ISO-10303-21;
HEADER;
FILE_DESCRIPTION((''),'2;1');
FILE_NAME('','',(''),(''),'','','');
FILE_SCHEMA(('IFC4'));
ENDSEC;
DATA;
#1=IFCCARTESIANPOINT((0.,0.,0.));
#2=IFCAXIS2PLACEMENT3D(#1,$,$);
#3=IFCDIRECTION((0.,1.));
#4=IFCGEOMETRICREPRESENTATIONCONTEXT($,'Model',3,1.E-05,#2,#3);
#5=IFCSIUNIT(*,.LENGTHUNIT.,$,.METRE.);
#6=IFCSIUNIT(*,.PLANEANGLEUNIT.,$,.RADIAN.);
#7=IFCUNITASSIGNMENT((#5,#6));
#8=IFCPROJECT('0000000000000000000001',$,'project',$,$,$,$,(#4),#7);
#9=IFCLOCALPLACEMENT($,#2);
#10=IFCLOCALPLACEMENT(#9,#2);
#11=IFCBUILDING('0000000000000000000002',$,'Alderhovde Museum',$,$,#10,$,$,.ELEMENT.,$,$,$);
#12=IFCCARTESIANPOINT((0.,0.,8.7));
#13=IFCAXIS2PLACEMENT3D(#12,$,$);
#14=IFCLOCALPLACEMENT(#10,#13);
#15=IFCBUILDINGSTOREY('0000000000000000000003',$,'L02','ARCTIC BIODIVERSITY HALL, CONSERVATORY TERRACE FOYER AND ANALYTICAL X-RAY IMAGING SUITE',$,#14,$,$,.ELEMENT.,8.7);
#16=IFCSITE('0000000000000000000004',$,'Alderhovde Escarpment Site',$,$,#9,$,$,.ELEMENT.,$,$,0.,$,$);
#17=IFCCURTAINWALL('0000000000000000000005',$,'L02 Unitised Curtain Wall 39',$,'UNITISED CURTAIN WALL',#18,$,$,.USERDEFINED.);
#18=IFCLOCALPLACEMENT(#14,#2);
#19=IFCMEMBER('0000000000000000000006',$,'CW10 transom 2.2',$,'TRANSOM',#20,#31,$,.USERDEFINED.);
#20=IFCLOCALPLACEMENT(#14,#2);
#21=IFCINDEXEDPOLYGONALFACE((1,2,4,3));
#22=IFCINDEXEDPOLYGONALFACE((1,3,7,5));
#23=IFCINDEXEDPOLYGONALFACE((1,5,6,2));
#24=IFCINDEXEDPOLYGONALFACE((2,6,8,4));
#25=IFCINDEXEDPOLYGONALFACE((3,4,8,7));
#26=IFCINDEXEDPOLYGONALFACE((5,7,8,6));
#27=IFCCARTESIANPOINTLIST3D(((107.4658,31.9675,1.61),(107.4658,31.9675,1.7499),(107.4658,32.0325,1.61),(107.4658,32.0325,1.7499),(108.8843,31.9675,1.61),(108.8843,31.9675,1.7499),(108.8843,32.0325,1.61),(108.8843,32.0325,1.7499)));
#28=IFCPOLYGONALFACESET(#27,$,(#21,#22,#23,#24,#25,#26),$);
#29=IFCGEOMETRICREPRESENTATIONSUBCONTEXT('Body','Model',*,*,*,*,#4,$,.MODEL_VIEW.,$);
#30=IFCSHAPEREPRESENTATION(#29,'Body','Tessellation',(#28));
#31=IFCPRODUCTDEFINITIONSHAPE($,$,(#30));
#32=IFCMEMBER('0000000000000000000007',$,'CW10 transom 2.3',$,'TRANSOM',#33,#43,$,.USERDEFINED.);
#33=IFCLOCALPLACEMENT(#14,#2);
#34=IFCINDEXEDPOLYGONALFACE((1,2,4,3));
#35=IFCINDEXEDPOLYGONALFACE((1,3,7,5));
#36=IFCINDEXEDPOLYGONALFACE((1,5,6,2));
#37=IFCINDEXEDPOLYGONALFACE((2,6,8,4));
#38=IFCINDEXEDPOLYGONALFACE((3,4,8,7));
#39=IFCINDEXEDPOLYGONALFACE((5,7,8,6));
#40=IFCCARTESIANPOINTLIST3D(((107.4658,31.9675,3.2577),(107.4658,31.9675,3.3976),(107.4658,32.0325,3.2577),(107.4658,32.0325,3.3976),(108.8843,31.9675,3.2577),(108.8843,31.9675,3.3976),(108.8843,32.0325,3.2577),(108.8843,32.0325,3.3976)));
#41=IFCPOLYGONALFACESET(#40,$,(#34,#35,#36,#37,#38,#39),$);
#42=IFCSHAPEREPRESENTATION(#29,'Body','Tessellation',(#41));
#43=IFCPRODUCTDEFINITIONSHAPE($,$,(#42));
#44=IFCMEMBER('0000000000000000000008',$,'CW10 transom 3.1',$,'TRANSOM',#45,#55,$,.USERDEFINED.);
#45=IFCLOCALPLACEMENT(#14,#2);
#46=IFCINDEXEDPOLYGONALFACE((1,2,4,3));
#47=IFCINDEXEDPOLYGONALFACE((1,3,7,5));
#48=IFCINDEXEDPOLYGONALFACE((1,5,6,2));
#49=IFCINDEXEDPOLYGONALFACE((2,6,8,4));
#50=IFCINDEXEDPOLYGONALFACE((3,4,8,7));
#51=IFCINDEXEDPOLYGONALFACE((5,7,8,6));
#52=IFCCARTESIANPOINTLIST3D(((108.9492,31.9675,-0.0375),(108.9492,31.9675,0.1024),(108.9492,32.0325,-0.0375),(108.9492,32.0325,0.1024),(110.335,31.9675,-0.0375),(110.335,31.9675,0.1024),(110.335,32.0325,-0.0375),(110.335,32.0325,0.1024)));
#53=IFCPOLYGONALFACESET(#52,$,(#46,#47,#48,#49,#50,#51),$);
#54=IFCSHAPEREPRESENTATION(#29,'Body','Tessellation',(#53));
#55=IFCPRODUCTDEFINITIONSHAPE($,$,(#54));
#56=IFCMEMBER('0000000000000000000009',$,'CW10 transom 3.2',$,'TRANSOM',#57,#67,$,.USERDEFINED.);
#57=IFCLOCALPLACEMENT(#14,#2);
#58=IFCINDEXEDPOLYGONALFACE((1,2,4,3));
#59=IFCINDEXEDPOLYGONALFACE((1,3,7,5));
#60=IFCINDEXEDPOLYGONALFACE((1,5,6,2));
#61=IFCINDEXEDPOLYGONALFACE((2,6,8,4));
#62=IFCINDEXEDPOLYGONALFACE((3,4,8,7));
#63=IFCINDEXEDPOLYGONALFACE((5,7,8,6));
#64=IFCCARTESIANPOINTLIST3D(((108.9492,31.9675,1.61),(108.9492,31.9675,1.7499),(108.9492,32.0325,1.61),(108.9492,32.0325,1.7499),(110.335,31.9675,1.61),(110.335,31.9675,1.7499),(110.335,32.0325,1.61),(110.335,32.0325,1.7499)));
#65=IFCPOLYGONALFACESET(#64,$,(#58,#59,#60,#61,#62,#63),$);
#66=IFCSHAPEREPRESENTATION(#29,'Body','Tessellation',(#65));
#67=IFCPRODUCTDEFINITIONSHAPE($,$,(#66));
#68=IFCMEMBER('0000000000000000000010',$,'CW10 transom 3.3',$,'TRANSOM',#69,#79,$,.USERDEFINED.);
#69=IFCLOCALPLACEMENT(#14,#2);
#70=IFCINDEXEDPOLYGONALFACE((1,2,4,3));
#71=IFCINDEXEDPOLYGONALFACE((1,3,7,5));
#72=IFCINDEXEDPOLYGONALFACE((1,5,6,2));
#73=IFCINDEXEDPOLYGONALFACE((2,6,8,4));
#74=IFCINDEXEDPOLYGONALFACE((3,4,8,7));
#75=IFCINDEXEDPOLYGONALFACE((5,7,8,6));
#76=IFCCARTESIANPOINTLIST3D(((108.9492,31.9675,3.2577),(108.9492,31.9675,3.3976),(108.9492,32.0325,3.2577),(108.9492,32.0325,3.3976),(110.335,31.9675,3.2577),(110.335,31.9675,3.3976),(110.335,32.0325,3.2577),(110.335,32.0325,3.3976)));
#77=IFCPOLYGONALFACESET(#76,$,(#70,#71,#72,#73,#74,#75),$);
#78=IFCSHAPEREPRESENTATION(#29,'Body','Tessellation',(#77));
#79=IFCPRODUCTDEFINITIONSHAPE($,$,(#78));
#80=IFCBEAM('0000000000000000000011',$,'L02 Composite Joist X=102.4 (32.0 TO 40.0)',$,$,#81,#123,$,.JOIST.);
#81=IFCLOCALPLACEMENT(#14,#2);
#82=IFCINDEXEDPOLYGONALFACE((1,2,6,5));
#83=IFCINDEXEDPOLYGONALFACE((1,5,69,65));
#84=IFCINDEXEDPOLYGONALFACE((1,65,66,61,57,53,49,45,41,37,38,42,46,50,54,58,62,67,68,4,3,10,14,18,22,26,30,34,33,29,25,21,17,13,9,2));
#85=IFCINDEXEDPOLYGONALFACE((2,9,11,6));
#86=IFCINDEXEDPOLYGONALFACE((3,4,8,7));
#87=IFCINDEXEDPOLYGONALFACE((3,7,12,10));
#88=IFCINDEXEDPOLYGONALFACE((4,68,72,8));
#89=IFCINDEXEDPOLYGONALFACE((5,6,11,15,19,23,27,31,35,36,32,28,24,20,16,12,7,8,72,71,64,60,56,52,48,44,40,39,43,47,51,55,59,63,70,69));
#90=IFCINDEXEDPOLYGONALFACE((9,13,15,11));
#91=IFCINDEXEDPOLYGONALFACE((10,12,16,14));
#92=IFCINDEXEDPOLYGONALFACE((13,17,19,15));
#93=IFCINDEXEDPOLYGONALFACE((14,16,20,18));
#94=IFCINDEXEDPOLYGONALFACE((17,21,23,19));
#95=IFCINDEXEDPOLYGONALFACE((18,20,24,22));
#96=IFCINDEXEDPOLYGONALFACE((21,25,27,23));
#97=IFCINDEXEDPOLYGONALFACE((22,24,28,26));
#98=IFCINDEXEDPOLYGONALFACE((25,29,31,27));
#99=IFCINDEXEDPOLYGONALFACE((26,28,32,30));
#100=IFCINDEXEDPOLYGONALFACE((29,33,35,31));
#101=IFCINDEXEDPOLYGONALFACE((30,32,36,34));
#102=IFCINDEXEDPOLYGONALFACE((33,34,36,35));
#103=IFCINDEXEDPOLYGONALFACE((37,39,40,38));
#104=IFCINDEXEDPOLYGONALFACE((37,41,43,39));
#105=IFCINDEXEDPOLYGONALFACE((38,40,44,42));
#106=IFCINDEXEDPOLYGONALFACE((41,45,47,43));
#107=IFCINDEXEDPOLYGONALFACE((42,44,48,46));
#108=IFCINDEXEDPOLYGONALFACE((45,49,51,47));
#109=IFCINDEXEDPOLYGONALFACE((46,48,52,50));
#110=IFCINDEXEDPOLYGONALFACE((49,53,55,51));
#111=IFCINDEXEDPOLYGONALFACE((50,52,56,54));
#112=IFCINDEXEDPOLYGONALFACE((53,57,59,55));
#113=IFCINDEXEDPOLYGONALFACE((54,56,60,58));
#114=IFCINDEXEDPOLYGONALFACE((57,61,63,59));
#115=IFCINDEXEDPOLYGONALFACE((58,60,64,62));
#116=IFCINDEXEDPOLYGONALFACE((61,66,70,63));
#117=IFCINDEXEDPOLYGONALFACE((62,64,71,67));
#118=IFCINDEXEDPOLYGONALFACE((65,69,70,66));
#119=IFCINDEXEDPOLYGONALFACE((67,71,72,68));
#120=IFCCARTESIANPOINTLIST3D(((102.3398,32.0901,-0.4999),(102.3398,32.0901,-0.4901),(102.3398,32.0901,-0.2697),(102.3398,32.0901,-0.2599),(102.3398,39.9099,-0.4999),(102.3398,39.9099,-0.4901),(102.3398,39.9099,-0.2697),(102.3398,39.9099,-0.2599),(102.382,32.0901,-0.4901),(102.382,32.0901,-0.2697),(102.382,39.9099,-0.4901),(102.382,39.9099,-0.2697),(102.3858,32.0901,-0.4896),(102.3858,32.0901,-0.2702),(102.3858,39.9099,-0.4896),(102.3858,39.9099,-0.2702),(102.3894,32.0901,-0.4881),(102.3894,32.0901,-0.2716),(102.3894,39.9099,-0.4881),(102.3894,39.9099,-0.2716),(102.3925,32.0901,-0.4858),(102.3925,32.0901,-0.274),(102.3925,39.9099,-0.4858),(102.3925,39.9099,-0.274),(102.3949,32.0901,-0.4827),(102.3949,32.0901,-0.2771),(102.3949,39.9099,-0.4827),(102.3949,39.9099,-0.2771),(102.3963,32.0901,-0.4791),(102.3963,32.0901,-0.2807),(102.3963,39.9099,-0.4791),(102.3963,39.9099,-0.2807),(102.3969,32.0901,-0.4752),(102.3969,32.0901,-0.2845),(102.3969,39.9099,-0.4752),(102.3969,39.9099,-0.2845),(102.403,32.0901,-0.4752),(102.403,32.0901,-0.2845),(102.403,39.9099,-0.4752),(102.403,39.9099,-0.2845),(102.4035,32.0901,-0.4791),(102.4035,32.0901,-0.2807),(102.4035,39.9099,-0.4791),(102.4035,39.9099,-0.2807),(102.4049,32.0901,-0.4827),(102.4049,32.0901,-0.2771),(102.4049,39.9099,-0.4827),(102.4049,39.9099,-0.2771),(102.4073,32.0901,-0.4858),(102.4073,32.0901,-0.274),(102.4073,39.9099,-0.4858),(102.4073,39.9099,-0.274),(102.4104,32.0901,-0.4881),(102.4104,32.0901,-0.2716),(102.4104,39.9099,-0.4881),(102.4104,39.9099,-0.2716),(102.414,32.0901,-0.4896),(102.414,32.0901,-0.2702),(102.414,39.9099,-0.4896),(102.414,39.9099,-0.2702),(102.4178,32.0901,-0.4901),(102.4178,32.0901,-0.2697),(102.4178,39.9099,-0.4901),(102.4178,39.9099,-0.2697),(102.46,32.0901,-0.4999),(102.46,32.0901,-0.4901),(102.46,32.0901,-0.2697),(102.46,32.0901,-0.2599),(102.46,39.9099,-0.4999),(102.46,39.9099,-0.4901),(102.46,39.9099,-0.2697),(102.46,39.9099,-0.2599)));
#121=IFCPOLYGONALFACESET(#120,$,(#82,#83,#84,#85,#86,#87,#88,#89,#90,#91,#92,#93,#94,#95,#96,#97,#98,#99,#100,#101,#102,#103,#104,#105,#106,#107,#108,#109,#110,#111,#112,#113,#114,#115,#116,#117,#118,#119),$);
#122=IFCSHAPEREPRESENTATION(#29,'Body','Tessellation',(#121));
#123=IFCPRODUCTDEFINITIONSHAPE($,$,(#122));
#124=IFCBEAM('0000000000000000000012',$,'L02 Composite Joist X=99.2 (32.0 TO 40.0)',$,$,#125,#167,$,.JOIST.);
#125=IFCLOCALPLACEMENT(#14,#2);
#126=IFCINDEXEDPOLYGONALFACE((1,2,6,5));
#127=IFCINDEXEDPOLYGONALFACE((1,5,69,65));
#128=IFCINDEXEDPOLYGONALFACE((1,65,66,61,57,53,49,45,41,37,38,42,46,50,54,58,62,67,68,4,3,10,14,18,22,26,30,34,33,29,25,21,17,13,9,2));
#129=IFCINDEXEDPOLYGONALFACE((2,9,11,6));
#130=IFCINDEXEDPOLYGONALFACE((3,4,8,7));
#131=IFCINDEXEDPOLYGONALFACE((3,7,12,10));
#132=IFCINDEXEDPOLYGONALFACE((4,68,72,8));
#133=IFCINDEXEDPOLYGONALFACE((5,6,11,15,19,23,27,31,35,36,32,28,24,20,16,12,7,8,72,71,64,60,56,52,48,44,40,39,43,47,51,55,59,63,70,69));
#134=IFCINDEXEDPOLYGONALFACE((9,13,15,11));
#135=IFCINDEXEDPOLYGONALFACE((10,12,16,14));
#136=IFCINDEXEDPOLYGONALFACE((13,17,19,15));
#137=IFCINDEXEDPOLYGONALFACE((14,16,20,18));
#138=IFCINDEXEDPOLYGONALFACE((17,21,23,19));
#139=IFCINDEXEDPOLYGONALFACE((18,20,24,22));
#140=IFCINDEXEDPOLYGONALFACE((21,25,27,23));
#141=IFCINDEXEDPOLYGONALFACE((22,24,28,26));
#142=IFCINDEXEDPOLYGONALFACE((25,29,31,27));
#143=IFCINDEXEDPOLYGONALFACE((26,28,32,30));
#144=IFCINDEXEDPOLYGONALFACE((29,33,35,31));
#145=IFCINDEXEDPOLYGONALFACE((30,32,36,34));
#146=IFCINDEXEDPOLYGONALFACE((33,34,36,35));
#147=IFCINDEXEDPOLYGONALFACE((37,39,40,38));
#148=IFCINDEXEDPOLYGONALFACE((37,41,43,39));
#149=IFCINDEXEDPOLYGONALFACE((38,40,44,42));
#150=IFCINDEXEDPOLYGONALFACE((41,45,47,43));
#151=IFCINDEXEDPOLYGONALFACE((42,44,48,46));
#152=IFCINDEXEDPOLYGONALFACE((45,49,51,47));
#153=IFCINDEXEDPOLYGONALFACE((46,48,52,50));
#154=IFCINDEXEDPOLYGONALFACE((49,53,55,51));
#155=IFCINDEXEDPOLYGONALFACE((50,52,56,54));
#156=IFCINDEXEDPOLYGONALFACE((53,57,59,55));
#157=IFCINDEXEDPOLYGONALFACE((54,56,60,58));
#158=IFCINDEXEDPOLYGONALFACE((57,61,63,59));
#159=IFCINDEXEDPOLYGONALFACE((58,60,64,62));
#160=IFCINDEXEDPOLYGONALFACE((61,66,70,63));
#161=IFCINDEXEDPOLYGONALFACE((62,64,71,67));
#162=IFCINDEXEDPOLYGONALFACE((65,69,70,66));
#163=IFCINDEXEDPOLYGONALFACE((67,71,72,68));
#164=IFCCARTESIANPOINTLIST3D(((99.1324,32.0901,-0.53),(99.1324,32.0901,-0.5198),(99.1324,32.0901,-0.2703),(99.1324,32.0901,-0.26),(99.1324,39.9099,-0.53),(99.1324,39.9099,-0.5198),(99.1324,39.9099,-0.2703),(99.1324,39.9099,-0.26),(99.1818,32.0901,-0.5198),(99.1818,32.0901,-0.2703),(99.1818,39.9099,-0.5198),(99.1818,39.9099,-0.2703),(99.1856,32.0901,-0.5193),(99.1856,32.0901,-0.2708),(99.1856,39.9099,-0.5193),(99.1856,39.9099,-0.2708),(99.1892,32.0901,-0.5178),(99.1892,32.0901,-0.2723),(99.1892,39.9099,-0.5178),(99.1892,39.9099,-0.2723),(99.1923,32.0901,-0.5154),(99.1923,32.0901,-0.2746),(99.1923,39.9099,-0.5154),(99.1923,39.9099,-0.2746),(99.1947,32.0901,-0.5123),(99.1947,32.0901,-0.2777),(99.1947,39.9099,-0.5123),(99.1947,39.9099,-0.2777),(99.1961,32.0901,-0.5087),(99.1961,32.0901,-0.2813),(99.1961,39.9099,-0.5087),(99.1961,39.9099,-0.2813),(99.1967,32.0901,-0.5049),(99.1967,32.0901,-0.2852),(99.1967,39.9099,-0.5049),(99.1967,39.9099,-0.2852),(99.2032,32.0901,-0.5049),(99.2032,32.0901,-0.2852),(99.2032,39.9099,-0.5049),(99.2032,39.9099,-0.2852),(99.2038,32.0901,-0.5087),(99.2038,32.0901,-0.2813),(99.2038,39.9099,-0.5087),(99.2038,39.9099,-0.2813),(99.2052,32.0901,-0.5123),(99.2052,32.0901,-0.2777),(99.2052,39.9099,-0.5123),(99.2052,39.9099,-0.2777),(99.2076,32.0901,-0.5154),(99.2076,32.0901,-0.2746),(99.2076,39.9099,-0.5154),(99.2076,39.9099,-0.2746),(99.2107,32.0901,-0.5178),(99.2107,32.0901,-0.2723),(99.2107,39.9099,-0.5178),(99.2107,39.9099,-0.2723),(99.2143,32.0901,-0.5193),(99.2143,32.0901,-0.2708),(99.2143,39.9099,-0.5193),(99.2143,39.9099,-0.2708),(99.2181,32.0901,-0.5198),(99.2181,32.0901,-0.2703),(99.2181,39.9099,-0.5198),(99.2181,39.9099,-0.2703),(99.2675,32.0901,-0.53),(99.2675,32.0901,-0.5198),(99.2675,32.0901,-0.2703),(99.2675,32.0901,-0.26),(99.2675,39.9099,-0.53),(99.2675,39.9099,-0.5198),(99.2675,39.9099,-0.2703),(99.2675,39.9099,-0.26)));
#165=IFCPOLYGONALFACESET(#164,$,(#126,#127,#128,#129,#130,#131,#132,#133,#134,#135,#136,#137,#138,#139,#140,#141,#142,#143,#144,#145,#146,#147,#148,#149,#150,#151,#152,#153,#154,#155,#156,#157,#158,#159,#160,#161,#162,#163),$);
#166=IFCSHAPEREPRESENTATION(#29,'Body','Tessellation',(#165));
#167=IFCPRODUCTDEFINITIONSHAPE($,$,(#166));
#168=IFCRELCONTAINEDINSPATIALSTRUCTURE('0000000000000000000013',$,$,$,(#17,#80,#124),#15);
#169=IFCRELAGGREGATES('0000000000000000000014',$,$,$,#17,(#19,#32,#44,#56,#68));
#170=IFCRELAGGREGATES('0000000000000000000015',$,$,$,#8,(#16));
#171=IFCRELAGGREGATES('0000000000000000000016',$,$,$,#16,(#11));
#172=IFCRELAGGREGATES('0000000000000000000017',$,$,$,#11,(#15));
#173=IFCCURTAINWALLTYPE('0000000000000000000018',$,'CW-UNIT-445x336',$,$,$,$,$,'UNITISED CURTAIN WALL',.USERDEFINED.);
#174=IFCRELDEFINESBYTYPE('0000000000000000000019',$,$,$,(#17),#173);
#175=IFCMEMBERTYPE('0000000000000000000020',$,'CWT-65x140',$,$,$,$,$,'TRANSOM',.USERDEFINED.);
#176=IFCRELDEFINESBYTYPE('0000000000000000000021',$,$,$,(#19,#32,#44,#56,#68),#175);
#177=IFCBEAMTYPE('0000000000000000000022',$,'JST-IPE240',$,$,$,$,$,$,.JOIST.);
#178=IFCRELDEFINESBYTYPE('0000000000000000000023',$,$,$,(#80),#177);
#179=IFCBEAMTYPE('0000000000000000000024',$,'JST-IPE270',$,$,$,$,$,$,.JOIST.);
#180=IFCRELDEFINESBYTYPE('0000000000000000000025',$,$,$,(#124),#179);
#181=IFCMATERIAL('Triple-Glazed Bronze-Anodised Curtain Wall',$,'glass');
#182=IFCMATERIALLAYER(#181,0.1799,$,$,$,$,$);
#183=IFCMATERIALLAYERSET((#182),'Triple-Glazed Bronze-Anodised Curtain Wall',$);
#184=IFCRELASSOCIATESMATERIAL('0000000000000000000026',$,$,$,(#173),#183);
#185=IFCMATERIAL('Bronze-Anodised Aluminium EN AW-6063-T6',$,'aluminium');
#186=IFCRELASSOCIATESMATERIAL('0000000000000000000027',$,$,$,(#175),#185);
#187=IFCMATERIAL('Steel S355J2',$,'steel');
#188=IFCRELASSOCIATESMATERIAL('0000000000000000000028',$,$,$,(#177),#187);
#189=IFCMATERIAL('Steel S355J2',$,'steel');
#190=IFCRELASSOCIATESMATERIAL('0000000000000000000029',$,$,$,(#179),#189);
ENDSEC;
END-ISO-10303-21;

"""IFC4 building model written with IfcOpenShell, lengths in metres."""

from ifc_helpers import new_model, si_unit, direction, frame, origin, origin_2d, place, context, subcontext, project, spatial, rectangle, i_section, extrude, material, layer, layer_set, material_profile, profile_set, type_object, element, aggregate, save


model = new_model("IFC4")

# Units and contexts
model_context = context("Model", 3, precision=1e-05, world=origin(), true_north=direction((0.0, 1.0)))
body_context = subcontext(model_context, "Body", "Model", "MODEL_VIEW")
ifc_project = project(units=[si_unit("LENGTHUNIT", "METRE"), si_unit("PLANEANGLEUNIT", "RADIAN")], contexts=[model_context])

# Site, building, storey
site_placement = place(None, origin())
site = spatial("IfcSite", under=ifc_project, at=site_placement, Name="Alderhovde Escarpment Site", CompositionType="ELEMENT", RefElevation=0.0)
building_placement = place(site_placement, origin())
building = spatial("IfcBuilding", under=site, at=building_placement, Name="Alderhovde Museum", CompositionType="ELEMENT")
storey_placement = place(building_placement, frame((0.0, 0.0, 8.7)))
storey = spatial("IfcBuildingStorey", under=building, at=storey_placement, Name="L02", Description="ARCTIC BIODIVERSITY HALL, CONSERVATORY TERRACE FOYER AND ANALYTICAL X-RAY IMAGING SUITE", CompositionType="ELEMENT", Elevation=8.7)

# Curtain wall, members
ifc_material_1 = material(Name="Triple-Glazed Bronze-Anodised Curtain Wall", Category="glass")
ifc_layer_1 = layer(ifc_material_1, 0.1799)
ifc_layer_set_1 = layer_set([ifc_layer_1], Name="Triple-Glazed Bronze-Anodised Curtain Wall")
curtain_wall_type = type_object("IfcCurtainWallType", Name="CW-UNIT-445x336", ElementType="UNITISED CURTAIN WALL", PredefinedType="USERDEFINED", material=ifc_layer_set_1)
curtain_wall_placement = place(storey_placement, origin())
curtain_wall = element("IfcCurtainWall", 1, at=curtain_wall_placement, inside=storey, type_object=curtain_wall_type, Name="L02 Unitised Curtain Wall 39", ObjectType="UNITISED CURTAIN WALL", PredefinedType="USERDEFINED")
ifc_material_2 = material(Name="Bronze-Anodised Aluminium EN AW-6063-T6", Category="aluminium")
ifc_material_profile_1 = material_profile(ifc_material_2, rectangle(XDim=0.0649, YDim=0.1399, at=origin_2d()), Name="TRANSOM 65x140")
ifc_profile_set_1 = profile_set([ifc_material_profile_1], Name="Bronze-Anodised Aluminium EN AW-6063-T6")
member_type_1 = type_object("IfcMemberType", Name="CWT-65x140", ElementType="TRANSOM", PredefinedType="USERDEFINED", material=ifc_profile_set_1)
member_1_placement = place(storey_placement, frame((107.4658, 32.0, 1.6799), z_axis=(1.0, 0.0, 0.0), x_axis=(0.0, 1.0, 0.0)))
member_1 = element("IfcMember", 2, at=member_1_placement, type_object=member_type_1, Name="CW10 transom 2.2", ObjectType="TRANSOM", PredefinedType="USERDEFINED", context=body_context, shape_type="SweptSolid", body=[
    extrude(rectangle(XDim=0.0649, YDim=0.1399, at=origin_2d()), origin(), (0.0, 0.0, 1.0), 1.4185),
])
member_2_placement = place(storey_placement, frame((107.4658, 32.0, 3.3276), z_axis=(1.0, 0.0, 0.0), x_axis=(0.0, 1.0, 0.0)))
member_2 = element("IfcMember", 3, at=member_2_placement, type_object=member_type_1, Name="CW10 transom 2.3", ObjectType="TRANSOM", PredefinedType="USERDEFINED", context=body_context, shape_type="SweptSolid", body=[
    extrude(rectangle(XDim=0.0649, YDim=0.1399, at=origin_2d()), origin(), (0.0, 0.0, 1.0), 1.4185),
])
member_3_placement = place(storey_placement, frame((108.9492, 32.0, 0.0325), z_axis=(1.0, 0.0, 0.0), x_axis=(0.0, 1.0, 0.0)))
member_3 = element("IfcMember", 4, at=member_3_placement, type_object=member_type_1, Name="CW10 transom 3.1", ObjectType="TRANSOM", PredefinedType="USERDEFINED", context=body_context, shape_type="SweptSolid", body=[
    extrude(rectangle(XDim=0.0649, YDim=0.1399, at=origin_2d()), origin(), (0.0, 0.0, 1.0), 1.3857),
])
member_4_placement = place(storey_placement, frame((108.9492, 32.0, 1.6799), z_axis=(1.0, 0.0, 0.0), x_axis=(0.0, 1.0, 0.0)))
member_4 = element("IfcMember", 5, at=member_4_placement, type_object=member_type_1, Name="CW10 transom 3.2", ObjectType="TRANSOM", PredefinedType="USERDEFINED", context=body_context, shape_type="SweptSolid", body=[
    extrude(rectangle(XDim=0.0649, YDim=0.1399, at=origin_2d()), origin(), (0.0, 0.0, 1.0), 1.3857),
])
member_5_placement = place(storey_placement, frame((108.9492, 32.0, 3.3276), z_axis=(1.0, 0.0, 0.0), x_axis=(0.0, 1.0, 0.0)))
member_5 = element("IfcMember", 6, at=member_5_placement, type_object=member_type_1, Name="CW10 transom 3.3", ObjectType="TRANSOM", PredefinedType="USERDEFINED", context=body_context, shape_type="SweptSolid", body=[
    extrude(rectangle(XDim=0.0649, YDim=0.1399, at=origin_2d()), origin(), (0.0, 0.0, 1.0), 1.3857),
])

# Beams
ifc_material_3 = material(Name="Steel S355J2", Category="steel")
ifc_material_profile_2 = material_profile(ifc_material_3, i_section(OverallWidth=0.1201, OverallDepth=0.24, WebThickness=0.0061, FlangeThickness=0.0098, FilletRadius=0.0149, at=origin_2d()), Name="IPE 240")
ifc_profile_set_2 = profile_set([ifc_material_profile_2], Name="Steel S355J2")
beam_type_1 = type_object("IfcBeamType", Name="JST-IPE240", PredefinedType="JOIST", material=ifc_profile_set_2)
beam_1_placement = place(storey_placement, frame((102.3999, 32.0901, -0.3799), z_axis=(0.0, 1.0, 0.0), x_axis=(-1.0, 0.0, 0.0)))
element("IfcBeam", 7, at=beam_1_placement, inside=storey, type_object=beam_type_1, Name="L02 Composite Joist X=102.4 (32.0 TO 40.0)", PredefinedType="JOIST", context=body_context, shape_type="SweptSolid", body=[
    extrude(i_section(OverallWidth=0.1201, OverallDepth=0.24, WebThickness=0.0061, FlangeThickness=0.0098, FilletRadius=0.0149, at=origin_2d()), origin(), (0.0, 0.0, 1.0), 7.8198),
])
ifc_material_4 = material(Name="Steel S355J2", Category="steel")
ifc_material_profile_3 = material_profile(ifc_material_4, i_section(OverallWidth=0.135, OverallDepth=0.27, WebThickness=0.0066, FlangeThickness=0.0103, FilletRadius=0.0149, at=origin_2d()), Name="IPE 270")
ifc_profile_set_3 = profile_set([ifc_material_profile_3], Name="Steel S355J2")
beam_type_2 = type_object("IfcBeamType", Name="JST-IPE270", PredefinedType="JOIST", material=ifc_profile_set_3)
for number, where, z_axis, x_axis, name in (
    (8, (99.2, 32.0901, -0.395), (0.0, 1.0, 0.0), (-1.0, 0.0, 0.0), "L02 Composite Joist X=99.2 (32.0 TO 40.0)"),
):
    element("IfcBeam", number, at=place(storey_placement, frame(where, z_axis=z_axis, x_axis=x_axis)), inside=storey, type_object=beam_type_2, Name=name, PredefinedType="JOIST", context=body_context, shape_type="SweptSolid", body=[
        extrude(i_section(OverallWidth=0.135, OverallDepth=0.27, WebThickness=0.0066, FlangeThickness=0.0103, FilletRadius=0.0149, at=origin_2d()), origin(), (0.0, 0.0, 1.0), 7.8198),
    ])

aggregate(curtain_wall, [member_1, member_2, member_3, member_4, member_5])

save(model, "model.ifc")
